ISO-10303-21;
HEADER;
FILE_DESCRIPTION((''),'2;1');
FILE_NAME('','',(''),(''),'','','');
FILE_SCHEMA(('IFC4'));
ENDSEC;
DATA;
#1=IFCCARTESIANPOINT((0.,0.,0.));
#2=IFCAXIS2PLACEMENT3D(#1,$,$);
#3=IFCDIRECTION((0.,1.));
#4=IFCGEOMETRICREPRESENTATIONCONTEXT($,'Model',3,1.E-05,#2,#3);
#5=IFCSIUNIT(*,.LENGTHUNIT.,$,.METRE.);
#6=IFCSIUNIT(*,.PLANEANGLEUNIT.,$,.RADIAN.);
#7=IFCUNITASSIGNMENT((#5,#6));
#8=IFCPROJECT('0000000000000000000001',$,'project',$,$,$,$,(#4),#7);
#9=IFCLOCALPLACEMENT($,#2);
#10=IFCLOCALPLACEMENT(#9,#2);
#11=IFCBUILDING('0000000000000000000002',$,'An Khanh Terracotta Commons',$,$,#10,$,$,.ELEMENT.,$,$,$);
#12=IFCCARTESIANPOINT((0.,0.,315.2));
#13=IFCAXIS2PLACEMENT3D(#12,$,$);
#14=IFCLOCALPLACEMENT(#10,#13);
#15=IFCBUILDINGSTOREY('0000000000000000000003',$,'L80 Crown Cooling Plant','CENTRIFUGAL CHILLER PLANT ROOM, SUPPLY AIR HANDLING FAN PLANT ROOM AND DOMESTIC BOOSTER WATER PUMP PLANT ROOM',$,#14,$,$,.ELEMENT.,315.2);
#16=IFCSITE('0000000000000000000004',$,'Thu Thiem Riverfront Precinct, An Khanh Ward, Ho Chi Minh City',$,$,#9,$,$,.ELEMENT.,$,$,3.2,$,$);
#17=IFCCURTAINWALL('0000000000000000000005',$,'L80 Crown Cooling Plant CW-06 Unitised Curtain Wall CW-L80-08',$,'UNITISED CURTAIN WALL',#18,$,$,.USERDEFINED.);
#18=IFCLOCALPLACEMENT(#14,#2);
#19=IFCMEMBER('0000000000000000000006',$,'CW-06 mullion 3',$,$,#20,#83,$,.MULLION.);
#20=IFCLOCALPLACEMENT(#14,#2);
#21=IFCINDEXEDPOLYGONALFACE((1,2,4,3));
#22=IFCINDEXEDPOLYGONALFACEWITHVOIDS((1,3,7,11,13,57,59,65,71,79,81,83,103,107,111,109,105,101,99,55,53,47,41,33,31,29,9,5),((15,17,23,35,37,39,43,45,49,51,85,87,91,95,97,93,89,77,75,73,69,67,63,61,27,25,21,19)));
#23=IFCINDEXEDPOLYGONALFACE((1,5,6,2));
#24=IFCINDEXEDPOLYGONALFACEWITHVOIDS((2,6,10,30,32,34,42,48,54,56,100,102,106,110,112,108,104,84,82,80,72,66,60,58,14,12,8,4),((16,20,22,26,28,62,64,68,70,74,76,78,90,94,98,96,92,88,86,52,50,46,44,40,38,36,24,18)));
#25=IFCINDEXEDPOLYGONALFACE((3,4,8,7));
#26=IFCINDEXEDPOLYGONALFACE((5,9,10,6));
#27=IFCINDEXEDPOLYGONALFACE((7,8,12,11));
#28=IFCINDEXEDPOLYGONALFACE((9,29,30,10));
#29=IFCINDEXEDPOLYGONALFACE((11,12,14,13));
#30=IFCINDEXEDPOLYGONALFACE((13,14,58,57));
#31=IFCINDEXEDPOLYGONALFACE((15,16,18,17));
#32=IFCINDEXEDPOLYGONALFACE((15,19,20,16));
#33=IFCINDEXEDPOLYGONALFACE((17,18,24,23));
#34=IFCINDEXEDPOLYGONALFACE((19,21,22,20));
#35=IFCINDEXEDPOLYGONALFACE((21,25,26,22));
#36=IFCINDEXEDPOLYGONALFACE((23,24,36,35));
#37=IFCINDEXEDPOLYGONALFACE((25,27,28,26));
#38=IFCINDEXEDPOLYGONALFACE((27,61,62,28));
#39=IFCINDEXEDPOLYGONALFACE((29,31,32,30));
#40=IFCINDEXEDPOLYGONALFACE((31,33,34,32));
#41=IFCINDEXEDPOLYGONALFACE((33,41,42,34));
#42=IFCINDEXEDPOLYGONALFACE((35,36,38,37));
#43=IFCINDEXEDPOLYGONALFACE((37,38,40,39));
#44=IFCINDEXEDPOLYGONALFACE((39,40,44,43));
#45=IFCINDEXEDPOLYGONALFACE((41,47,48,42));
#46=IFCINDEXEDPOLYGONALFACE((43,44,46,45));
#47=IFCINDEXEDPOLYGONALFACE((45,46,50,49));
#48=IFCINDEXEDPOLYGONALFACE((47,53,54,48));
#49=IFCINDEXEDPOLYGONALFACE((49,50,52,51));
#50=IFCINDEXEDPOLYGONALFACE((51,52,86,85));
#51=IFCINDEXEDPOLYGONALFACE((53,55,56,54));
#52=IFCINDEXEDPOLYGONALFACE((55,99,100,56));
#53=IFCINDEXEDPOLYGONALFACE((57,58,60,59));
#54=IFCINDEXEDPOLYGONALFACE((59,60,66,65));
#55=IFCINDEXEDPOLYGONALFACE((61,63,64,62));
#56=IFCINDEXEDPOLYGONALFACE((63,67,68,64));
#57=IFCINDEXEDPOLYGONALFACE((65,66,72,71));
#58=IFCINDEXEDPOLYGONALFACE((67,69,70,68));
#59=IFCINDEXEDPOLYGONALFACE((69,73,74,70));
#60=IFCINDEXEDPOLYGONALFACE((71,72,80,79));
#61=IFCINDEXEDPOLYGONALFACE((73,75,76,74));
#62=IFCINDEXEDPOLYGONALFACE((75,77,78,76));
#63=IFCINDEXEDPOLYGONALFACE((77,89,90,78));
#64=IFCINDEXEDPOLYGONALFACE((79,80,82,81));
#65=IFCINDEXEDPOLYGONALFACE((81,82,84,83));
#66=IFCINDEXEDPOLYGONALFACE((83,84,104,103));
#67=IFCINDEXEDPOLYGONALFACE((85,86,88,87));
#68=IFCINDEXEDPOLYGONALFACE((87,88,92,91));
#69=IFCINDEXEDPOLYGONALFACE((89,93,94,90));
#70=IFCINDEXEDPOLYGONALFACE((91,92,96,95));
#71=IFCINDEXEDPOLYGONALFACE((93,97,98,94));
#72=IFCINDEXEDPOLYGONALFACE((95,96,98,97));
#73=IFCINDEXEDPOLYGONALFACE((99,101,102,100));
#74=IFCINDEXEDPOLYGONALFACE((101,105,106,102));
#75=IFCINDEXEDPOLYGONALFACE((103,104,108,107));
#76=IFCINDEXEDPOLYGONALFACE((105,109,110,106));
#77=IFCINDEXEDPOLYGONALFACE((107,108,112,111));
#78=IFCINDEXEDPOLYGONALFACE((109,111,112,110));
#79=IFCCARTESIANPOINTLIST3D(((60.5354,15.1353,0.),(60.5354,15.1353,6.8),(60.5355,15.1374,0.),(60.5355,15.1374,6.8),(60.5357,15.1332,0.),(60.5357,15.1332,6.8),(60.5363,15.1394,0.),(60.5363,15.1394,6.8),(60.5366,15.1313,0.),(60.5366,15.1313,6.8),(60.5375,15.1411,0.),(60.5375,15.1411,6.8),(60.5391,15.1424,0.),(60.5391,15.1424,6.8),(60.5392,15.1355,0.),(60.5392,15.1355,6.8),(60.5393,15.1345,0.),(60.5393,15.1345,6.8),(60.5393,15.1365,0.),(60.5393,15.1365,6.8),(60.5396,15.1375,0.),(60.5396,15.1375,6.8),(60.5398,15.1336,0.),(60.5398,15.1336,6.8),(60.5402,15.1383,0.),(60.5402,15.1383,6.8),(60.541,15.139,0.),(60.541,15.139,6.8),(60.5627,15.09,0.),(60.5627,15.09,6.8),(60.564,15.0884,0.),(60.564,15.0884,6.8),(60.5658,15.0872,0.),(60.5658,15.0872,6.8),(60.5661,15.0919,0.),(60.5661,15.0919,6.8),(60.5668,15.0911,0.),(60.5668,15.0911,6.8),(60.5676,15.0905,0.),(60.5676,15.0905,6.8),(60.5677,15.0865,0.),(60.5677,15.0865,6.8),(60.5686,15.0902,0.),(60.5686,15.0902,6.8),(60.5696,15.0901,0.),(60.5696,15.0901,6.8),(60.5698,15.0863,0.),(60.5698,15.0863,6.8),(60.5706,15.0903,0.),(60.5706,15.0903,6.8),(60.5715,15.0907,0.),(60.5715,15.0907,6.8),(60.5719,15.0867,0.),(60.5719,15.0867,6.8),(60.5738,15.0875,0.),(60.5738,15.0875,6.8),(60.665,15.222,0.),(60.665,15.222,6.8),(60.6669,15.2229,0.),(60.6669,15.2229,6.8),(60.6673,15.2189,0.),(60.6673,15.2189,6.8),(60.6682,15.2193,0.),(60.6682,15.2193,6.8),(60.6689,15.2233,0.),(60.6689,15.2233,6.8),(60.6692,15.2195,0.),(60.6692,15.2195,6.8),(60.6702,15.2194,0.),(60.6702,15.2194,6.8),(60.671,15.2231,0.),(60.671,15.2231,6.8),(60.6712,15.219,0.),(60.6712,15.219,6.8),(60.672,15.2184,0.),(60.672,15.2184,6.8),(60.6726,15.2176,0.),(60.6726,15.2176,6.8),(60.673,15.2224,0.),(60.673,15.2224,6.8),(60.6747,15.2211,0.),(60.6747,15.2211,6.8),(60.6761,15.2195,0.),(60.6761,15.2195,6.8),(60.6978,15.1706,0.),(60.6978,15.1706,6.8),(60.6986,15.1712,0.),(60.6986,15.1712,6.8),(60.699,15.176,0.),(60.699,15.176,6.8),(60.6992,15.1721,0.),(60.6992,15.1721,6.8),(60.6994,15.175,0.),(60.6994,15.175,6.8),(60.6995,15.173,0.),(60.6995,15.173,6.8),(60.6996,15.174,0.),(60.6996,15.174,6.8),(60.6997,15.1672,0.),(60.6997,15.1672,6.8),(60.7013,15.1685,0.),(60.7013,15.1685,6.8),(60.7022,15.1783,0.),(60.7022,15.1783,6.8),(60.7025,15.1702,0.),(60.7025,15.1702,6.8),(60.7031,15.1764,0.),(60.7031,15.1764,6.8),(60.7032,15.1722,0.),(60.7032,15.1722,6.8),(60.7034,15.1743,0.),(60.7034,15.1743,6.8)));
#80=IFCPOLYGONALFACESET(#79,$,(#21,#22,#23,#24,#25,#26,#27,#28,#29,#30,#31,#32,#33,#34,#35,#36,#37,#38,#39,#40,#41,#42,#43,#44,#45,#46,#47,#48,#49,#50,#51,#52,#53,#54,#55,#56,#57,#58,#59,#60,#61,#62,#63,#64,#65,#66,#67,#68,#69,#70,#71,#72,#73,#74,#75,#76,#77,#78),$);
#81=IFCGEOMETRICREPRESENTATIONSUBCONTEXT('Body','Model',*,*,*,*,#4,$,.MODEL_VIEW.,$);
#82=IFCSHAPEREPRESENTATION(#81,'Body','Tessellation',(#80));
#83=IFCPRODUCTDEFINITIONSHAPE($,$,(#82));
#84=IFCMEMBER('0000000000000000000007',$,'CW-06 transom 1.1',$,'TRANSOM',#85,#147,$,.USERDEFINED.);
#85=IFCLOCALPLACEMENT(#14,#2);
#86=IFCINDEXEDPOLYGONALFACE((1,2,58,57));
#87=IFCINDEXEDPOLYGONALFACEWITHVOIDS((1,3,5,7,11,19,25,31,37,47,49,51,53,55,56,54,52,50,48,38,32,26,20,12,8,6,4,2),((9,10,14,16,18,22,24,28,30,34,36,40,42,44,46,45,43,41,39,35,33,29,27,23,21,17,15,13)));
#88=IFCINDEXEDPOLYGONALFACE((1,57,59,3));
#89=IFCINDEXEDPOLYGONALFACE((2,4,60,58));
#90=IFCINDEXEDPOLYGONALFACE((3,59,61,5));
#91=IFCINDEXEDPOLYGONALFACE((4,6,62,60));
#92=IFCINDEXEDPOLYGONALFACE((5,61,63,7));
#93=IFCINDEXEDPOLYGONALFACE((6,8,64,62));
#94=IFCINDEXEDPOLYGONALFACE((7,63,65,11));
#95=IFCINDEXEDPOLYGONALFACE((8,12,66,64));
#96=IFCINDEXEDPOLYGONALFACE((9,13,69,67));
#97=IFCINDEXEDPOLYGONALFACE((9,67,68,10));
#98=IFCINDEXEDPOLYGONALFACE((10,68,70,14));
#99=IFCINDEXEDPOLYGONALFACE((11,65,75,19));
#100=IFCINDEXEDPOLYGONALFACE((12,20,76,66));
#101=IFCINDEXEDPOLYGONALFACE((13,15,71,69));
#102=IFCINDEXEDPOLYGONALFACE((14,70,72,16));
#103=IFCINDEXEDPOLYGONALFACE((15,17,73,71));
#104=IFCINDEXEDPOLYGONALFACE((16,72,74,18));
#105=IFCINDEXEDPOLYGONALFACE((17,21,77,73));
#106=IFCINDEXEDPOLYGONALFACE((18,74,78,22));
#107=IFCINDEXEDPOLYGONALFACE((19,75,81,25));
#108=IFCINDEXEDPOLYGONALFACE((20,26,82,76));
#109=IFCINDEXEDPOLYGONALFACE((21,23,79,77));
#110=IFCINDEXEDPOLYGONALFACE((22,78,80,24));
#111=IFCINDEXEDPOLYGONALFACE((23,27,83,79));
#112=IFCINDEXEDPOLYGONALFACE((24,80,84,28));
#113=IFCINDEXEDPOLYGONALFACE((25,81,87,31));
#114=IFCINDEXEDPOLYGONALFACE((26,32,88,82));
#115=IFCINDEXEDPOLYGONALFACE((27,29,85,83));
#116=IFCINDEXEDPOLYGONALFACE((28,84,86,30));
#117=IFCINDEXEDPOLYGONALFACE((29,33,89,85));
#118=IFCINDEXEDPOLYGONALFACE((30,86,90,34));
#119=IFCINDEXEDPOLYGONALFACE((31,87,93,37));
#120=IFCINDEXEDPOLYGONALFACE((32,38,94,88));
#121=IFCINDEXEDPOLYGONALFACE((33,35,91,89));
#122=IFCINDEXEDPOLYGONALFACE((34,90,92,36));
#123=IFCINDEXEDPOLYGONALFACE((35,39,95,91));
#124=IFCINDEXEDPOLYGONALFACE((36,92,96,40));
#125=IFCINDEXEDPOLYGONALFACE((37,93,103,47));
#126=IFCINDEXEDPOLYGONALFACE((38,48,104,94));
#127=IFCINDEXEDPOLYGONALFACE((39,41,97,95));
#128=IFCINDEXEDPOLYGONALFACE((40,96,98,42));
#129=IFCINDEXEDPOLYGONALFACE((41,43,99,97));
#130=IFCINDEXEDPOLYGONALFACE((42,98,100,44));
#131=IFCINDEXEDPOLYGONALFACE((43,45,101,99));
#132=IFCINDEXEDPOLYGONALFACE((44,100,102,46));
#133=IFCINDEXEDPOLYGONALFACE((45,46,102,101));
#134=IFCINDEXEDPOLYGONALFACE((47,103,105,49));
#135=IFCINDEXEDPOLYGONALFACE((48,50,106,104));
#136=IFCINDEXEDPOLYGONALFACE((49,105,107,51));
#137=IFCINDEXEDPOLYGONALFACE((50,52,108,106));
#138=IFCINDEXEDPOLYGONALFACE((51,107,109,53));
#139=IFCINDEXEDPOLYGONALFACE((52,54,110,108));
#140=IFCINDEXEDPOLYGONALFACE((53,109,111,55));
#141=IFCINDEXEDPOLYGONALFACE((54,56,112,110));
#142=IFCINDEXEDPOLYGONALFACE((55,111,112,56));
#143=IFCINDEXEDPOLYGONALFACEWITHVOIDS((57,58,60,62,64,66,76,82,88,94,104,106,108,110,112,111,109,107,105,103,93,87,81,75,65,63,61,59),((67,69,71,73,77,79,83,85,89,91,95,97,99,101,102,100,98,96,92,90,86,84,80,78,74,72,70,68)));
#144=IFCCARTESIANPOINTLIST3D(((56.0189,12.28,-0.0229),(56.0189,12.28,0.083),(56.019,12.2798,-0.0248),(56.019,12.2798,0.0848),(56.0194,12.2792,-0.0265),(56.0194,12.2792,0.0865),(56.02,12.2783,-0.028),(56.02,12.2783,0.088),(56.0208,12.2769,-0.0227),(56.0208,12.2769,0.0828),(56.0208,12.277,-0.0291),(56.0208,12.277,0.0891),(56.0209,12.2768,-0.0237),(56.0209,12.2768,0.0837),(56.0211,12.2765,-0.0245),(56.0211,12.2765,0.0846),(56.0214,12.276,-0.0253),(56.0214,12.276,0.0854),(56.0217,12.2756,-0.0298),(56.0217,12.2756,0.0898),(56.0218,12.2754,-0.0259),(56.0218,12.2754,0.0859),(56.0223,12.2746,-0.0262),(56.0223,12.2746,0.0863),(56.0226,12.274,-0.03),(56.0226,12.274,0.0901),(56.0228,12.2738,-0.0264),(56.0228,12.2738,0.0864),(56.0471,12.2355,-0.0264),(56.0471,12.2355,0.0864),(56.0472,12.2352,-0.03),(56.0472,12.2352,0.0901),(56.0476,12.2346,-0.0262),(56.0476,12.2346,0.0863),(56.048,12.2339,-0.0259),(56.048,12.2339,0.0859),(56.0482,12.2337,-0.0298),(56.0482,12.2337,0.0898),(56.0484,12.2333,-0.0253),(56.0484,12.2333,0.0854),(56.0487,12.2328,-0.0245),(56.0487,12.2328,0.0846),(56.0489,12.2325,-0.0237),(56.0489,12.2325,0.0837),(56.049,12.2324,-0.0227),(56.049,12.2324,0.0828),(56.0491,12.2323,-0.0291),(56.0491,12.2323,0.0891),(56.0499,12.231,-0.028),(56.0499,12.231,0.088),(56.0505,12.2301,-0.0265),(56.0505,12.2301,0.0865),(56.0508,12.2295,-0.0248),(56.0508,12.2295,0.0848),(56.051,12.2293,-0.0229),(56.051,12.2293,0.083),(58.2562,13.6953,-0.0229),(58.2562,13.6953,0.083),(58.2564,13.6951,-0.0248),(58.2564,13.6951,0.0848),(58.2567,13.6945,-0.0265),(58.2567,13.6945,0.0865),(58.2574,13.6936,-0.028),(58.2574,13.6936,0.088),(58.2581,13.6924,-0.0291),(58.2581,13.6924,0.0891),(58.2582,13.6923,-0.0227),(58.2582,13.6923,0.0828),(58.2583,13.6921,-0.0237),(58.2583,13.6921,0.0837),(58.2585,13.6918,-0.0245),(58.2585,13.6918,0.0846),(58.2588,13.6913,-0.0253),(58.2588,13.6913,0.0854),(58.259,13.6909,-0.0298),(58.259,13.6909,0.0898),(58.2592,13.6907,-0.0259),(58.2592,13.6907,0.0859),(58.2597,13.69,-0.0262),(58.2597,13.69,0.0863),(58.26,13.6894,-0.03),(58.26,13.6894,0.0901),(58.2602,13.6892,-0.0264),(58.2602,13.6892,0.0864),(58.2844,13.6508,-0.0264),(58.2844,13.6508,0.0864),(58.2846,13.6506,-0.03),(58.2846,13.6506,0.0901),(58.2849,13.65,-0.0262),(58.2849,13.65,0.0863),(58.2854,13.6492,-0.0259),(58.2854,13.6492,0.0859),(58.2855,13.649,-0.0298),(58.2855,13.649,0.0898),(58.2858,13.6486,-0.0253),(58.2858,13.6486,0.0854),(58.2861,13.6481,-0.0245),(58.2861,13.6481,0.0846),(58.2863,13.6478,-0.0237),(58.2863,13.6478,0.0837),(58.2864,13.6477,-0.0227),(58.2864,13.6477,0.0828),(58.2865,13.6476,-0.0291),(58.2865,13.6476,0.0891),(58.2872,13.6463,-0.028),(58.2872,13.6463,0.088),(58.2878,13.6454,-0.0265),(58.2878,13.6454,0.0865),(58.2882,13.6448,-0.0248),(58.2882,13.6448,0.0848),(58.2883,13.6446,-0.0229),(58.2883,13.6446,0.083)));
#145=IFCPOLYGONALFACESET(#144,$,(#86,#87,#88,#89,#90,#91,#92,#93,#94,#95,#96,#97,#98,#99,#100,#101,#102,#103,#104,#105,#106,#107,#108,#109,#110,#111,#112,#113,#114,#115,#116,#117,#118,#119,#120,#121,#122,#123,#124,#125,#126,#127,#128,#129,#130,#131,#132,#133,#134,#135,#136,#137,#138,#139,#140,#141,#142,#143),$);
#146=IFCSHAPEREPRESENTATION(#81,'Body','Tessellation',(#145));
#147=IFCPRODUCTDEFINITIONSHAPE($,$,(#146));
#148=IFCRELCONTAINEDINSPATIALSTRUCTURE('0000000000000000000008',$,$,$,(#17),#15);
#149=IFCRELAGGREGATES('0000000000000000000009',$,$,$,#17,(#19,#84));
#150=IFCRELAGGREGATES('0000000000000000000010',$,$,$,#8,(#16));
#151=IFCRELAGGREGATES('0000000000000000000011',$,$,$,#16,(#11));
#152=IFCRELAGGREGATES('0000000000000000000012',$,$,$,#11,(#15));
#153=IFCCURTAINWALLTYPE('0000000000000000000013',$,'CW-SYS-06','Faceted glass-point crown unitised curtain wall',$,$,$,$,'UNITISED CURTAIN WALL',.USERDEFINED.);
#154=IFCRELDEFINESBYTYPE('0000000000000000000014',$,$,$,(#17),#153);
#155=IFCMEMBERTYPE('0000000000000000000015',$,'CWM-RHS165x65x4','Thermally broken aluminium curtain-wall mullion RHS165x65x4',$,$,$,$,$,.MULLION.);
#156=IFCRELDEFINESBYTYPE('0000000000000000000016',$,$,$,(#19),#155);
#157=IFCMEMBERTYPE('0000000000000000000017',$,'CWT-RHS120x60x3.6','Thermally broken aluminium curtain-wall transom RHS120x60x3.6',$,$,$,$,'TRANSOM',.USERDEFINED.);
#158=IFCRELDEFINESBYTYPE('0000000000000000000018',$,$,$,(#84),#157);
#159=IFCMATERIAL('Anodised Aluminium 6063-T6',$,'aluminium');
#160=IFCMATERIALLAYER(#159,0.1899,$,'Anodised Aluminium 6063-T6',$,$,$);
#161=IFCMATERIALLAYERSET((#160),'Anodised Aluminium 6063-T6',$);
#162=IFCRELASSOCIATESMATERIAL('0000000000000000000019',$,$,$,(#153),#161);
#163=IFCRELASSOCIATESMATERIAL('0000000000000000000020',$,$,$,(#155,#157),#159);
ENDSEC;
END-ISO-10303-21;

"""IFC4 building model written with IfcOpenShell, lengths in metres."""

from ifc_helpers import new_model, si_unit, direction, frame, origin, origin_2d, place, context, subcontext, project, spatial, hollow_rectangle, extrude, material, layer, layer_set, material_profile, profile_set, type_object, element, aggregate, save


model = new_model("IFC4")

# Units and contexts
model_context = context("Model", 3, precision=1e-05, world=origin(), true_north=direction((0.0, 1.0)))
body_context = subcontext(model_context, "Body", "Model", "MODEL_VIEW")
ifc_project = project(units=[si_unit("LENGTHUNIT", "METRE"), si_unit("PLANEANGLEUNIT", "RADIAN")], contexts=[model_context])

# Site, building, storey
site_placement = place(None, origin())
site = spatial("IfcSite", under=ifc_project, at=site_placement, Name="Thu Thiem Riverfront Precinct, An Khanh Ward, Ho Chi Minh City", CompositionType="ELEMENT", RefElevation=3.2)
building_placement = place(site_placement, origin())
building = spatial("IfcBuilding", under=site, at=building_placement, Name="An Khanh Terracotta Commons", CompositionType="ELEMENT")
storey_placement = place(building_placement, frame((0.0, 0.0, 315.2)))
storey = spatial("IfcBuildingStorey", under=building, at=storey_placement, Name="L80 Crown Cooling Plant", Description="CENTRIFUGAL CHILLER PLANT ROOM, SUPPLY AIR HANDLING FAN PLANT ROOM AND DOMESTIC BOOSTER WATER PUMP PLANT ROOM", CompositionType="ELEMENT", Elevation=315.2)

# Curtain wall, members
ifc_material_1 = material(Name="Anodised Aluminium 6063-T6", Category="aluminium")
ifc_layer_1 = layer(ifc_material_1, 0.1899, Name="Anodised Aluminium 6063-T6")
ifc_layer_set_1 = layer_set([ifc_layer_1], Name="Anodised Aluminium 6063-T6")
curtain_wall_type = type_object("IfcCurtainWallType", Name="CW-SYS-06", Description="Faceted glass-point crown unitised curtain wall", ElementType="UNITISED CURTAIN WALL", PredefinedType="USERDEFINED", material=ifc_layer_set_1)
curtain_wall_placement = place(storey_placement, origin())
curtain_wall = element("IfcCurtainWall", 1, at=curtain_wall_placement, inside=storey, type_object=curtain_wall_type, Name="L80 Crown Cooling Plant CW-06 Unitised Curtain Wall CW-L80-08", ObjectType="UNITISED CURTAIN WALL", PredefinedType="USERDEFINED")
ifc_material_profile_1 = material_profile(ifc_material_1, hollow_rectangle(XDim=0.0649, YDim=0.165, WallThickness=0.0039, InnerFilletRadius=0.0039, OuterFilletRadius=0.0081, at=origin_2d()), Name="RHS165x65x4")
ifc_profile_set_1 = profile_set([ifc_material_profile_1], Name="Anodised Aluminium 6063-T6")
member_type_1 = type_object("IfcMemberType", Name="CWM-RHS165x65x4", Description="Thermally broken aluminium curtain-wall mullion RHS165x65x4", PredefinedType="MULLION", material=ifc_profile_set_1)
member_1_placement = place(storey_placement, frame((60.6194, 15.1548, 0.0), z_axis=(0.0, 0.0, 1.0), x_axis=(-0.534587, 0.845114, 0.0)))
member_1 = element("IfcMember", 2, at=member_1_placement, type_object=member_type_1, Name="CW-06 mullion 3", PredefinedType="MULLION", context=body_context, shape_type="SweptSolid", body=[
    extrude(hollow_rectangle(XDim=0.0649, YDim=0.165, WallThickness=0.0039, InnerFilletRadius=0.0039, OuterFilletRadius=0.0081, at=origin_2d()), origin(), (0.0, 0.0, 1.0), 6.8),
])
ifc_material_profile_2 = material_profile(ifc_material_1, hollow_rectangle(XDim=0.0601, YDim=0.1201, WallThickness=0.0037, InnerFilletRadius=0.0037, OuterFilletRadius=0.0071, at=origin_2d()), Name="RHS120x60x3.6")
ifc_profile_set_2 = profile_set([ifc_material_profile_2], Name="Anodised Aluminium 6063-T6")
member_type_2 = type_object("IfcMemberType", Name="CWT-RHS120x60x3.6", Description="Thermally broken aluminium curtain-wall transom RHS120x60x3.6", ElementType="TRANSOM", PredefinedType="USERDEFINED", material=ifc_profile_set_2)
member_2_placement = place(storey_placement, frame((56.0349, 12.2546, 0.03), z_axis=(0.845105, 0.5346, 0.0), x_axis=(-0.5346, 0.845105, 0.0)))
member_2 = element("IfcMember", 3, at=member_2_placement, type_object=member_type_2, Name="CW-06 transom 1.1", ObjectType="TRANSOM", PredefinedType="USERDEFINED", context=body_context, shape_type="SweptSolid", body=[
    extrude(hollow_rectangle(XDim=0.0601, YDim=0.1201, WallThickness=0.0037, InnerFilletRadius=0.0037, OuterFilletRadius=0.0071, at=origin_2d()), origin(), (0.0, 0.0, 1.0), 2.6475),
])
aggregate(curtain_wall, [member_1, member_2])

save(model, "model.ifc")
